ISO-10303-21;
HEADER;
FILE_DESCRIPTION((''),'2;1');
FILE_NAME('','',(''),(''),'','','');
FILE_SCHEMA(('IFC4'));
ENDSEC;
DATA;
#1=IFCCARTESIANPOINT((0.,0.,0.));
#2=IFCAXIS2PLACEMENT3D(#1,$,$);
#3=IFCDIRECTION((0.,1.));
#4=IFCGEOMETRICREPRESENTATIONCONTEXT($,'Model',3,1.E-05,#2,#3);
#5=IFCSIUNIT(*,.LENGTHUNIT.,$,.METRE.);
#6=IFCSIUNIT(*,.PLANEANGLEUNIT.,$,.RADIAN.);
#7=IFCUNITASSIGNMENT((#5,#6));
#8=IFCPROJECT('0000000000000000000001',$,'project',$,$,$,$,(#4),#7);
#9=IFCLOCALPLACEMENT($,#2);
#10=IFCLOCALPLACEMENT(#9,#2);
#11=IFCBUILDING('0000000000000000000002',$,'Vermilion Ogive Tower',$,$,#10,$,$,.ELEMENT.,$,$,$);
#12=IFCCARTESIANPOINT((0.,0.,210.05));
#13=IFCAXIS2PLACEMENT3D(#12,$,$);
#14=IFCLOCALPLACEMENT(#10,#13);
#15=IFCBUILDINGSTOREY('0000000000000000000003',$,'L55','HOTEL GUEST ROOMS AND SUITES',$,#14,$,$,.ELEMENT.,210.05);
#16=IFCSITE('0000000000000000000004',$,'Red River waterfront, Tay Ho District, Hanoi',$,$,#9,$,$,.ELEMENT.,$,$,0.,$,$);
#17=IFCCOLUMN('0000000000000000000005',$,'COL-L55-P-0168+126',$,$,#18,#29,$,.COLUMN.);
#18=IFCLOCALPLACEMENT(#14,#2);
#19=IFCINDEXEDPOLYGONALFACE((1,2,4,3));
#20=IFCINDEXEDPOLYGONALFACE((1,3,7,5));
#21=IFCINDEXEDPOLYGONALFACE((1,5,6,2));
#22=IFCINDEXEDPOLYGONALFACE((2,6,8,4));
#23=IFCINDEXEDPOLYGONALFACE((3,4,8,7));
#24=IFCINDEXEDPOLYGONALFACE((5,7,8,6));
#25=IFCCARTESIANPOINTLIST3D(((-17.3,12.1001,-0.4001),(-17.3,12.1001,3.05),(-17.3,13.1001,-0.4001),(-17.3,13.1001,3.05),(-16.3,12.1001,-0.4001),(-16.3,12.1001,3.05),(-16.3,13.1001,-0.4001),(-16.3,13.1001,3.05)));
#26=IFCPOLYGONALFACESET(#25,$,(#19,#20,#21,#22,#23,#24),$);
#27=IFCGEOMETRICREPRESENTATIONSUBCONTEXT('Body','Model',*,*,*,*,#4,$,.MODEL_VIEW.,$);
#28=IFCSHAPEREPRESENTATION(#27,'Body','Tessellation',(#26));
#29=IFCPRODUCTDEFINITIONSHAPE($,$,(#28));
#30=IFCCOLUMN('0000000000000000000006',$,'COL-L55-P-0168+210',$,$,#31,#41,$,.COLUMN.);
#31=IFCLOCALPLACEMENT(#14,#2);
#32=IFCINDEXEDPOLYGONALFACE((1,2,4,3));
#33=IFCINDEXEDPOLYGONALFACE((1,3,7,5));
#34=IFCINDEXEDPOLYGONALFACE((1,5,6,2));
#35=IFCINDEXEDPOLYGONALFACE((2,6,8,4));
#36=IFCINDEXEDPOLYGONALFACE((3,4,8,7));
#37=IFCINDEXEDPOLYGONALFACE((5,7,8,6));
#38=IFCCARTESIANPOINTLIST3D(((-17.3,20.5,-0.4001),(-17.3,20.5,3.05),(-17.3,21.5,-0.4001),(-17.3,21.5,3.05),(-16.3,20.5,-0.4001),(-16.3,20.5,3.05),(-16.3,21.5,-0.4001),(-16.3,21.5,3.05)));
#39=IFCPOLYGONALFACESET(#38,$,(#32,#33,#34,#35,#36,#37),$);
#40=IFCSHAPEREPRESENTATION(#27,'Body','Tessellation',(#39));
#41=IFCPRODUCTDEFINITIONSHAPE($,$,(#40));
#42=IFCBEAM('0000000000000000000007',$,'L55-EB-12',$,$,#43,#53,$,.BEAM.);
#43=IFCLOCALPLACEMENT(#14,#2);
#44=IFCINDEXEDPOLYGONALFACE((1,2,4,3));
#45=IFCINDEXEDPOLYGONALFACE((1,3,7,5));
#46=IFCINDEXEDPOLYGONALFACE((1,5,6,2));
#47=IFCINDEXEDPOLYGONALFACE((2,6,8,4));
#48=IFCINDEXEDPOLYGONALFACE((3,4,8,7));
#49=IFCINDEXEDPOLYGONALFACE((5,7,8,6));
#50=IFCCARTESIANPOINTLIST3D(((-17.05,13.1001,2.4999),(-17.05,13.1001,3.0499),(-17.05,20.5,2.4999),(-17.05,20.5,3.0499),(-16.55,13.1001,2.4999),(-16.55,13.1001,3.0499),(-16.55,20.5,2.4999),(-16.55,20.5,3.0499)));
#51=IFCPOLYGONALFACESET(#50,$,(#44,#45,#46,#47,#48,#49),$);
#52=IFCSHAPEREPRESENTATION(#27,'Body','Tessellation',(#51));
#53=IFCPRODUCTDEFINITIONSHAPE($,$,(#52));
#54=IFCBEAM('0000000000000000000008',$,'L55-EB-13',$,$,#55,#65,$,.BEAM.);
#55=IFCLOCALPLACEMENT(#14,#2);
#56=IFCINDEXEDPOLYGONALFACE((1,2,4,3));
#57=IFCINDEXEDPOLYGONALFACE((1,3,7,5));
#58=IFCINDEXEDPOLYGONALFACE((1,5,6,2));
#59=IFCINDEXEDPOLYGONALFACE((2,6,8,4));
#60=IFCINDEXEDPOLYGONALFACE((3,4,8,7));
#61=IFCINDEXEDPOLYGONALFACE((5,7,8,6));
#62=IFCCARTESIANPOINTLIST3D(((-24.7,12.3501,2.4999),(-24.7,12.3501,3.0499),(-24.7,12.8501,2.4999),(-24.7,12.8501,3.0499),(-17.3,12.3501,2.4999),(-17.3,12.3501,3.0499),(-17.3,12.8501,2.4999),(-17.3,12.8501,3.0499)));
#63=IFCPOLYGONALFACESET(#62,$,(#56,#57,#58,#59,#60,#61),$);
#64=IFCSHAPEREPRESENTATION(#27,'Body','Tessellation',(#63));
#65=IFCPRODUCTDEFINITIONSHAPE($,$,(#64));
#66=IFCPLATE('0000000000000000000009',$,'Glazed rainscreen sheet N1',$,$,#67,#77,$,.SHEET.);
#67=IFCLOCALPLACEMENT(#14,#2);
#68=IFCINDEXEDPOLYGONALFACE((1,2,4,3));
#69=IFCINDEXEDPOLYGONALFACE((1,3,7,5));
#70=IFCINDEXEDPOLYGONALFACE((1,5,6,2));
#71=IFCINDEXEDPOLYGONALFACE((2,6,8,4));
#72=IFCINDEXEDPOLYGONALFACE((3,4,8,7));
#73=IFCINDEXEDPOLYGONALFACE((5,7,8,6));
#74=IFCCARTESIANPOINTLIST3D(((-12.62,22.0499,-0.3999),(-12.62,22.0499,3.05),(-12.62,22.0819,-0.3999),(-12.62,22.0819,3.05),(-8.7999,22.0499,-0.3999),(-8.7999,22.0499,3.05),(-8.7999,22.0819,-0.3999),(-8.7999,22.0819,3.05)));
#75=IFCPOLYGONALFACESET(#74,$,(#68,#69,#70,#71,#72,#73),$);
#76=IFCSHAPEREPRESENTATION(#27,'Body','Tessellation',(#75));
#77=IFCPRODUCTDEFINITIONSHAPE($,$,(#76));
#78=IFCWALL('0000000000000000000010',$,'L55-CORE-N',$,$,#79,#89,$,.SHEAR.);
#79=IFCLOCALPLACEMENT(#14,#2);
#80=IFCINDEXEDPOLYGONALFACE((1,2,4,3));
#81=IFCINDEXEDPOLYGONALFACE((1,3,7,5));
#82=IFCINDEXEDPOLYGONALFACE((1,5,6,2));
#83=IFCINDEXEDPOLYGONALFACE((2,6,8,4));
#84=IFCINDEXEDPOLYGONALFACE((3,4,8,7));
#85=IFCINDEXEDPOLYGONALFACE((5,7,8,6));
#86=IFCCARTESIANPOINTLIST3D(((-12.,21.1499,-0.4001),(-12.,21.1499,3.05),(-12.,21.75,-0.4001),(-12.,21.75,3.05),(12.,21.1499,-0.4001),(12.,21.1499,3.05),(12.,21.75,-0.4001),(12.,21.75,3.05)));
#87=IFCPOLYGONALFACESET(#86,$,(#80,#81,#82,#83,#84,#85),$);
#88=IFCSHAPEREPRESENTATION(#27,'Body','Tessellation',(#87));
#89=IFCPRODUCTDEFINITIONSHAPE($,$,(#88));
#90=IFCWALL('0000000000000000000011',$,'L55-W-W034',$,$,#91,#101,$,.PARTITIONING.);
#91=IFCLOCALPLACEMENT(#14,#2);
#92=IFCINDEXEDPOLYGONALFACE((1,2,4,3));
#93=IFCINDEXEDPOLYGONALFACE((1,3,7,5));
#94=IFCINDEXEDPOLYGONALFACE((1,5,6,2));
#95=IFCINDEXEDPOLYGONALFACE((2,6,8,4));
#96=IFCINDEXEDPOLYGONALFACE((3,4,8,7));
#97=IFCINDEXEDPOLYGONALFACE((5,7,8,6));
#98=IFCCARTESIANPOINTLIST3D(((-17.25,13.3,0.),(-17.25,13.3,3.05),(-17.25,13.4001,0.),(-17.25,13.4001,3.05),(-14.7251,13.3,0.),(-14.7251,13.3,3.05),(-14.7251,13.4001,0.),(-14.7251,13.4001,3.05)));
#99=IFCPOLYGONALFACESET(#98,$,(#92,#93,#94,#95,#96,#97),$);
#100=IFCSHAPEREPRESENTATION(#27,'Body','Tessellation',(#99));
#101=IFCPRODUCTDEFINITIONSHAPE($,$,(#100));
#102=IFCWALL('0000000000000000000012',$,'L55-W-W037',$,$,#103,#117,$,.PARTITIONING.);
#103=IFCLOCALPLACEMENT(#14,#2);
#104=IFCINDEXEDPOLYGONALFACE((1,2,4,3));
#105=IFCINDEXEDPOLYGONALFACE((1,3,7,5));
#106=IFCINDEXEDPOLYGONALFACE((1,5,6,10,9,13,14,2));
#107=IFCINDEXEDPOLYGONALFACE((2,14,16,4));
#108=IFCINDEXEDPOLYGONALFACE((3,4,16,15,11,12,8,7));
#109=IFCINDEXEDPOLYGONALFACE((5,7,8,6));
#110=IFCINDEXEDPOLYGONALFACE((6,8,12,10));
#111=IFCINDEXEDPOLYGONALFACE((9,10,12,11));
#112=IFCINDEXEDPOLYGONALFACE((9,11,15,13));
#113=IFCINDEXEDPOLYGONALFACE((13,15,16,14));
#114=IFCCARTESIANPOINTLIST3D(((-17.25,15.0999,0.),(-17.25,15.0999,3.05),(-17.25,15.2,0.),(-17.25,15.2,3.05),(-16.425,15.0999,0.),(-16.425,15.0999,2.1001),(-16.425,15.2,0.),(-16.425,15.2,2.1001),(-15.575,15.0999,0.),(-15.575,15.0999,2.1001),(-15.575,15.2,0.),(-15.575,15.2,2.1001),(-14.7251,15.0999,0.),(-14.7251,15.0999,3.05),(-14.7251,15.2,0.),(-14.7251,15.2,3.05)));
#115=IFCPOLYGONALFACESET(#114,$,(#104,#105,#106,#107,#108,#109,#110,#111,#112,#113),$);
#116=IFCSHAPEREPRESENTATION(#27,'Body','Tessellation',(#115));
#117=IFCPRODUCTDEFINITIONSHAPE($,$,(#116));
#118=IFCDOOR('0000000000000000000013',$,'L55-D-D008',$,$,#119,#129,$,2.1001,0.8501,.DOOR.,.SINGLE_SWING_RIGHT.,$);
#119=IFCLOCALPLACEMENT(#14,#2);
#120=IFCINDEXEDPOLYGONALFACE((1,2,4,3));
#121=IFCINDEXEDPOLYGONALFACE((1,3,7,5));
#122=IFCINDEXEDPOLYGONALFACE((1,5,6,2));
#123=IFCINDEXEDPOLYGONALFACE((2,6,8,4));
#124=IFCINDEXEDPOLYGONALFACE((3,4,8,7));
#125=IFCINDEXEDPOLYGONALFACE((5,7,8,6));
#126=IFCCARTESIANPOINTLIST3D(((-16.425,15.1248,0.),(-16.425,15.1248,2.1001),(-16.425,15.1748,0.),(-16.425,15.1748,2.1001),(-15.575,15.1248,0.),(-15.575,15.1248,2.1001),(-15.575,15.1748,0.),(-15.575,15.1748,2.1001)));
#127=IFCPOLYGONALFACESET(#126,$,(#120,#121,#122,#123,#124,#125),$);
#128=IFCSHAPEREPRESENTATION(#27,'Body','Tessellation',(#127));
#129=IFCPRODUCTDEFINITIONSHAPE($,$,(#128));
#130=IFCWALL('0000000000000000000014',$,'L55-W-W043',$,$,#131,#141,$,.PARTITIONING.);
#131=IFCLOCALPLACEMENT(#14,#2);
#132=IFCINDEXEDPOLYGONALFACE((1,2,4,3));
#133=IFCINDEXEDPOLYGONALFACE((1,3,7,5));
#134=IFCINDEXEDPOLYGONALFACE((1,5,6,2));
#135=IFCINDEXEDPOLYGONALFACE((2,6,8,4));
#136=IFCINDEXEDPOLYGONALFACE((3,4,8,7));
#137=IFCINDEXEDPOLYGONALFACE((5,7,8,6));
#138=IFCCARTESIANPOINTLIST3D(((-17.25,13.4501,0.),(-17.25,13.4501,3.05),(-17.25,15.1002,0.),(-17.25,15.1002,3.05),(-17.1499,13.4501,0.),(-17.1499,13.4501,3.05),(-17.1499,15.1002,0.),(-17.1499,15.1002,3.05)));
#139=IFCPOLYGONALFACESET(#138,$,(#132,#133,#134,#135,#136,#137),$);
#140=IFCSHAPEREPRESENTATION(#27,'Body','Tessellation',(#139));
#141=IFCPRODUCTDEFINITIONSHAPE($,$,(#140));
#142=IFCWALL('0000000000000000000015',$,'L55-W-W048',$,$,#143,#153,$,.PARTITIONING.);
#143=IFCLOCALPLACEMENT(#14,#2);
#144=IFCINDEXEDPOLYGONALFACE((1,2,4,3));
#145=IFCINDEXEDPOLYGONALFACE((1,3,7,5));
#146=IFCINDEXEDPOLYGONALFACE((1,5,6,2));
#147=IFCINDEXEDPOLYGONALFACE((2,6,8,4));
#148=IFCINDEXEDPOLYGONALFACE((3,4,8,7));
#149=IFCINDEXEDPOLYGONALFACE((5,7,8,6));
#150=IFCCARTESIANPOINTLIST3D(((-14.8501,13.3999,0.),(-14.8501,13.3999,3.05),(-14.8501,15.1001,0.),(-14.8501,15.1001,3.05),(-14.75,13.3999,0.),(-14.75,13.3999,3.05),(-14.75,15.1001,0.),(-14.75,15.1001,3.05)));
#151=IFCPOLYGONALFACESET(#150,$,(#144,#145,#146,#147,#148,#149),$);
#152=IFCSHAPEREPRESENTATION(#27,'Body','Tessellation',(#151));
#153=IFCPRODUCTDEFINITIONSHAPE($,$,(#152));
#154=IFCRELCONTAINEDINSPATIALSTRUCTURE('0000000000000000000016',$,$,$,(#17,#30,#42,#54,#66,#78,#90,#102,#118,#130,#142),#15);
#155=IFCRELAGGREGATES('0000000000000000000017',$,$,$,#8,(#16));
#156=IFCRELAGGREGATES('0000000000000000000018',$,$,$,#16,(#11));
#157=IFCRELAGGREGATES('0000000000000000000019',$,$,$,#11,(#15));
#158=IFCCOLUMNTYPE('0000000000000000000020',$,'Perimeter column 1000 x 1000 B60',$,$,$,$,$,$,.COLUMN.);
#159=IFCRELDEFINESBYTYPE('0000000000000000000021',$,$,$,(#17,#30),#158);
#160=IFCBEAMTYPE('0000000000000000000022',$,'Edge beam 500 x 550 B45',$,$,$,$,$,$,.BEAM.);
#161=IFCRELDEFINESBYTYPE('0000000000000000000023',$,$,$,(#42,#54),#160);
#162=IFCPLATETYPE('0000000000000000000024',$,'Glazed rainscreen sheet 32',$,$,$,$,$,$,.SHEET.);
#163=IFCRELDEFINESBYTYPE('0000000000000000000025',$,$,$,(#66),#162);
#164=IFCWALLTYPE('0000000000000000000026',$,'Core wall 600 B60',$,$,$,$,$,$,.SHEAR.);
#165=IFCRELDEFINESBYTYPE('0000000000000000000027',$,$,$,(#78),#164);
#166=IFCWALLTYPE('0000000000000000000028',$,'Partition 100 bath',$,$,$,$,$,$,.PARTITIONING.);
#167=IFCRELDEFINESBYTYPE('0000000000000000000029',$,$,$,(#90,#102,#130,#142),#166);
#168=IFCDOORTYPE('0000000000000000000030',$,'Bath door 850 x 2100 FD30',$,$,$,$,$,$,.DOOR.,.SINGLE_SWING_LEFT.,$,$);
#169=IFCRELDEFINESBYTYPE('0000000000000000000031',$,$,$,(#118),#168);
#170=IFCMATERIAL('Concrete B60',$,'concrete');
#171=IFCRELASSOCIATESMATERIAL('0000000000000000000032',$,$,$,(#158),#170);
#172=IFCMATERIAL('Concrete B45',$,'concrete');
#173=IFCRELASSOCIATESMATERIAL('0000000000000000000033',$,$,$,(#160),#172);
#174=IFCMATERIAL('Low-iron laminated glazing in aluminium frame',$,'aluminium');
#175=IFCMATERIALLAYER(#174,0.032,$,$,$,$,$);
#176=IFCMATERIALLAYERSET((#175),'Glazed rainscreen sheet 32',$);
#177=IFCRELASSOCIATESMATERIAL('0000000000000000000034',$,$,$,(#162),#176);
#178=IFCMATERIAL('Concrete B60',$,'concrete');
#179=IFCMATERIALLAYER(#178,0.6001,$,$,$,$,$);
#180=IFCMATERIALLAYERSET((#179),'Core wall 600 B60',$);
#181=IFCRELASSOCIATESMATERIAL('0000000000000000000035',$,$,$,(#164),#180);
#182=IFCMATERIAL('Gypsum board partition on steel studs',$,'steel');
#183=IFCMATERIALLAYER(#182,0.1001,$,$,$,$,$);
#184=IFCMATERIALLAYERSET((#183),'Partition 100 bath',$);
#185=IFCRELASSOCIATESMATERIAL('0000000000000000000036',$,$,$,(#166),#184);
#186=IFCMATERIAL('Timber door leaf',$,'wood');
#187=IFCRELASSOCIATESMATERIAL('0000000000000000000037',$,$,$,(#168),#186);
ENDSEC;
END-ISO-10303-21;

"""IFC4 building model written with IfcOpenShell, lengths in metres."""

from ifc_helpers import new_model, si_unit, direction, frame, frame_2d, origin, origin_2d, place, context, subcontext, project, spatial, rectangle, extrude, material, layer, layer_set, material_profile, profile_set, type_object, element, fill, save


model = new_model("IFC4")

# Units and contexts
model_context = context("Model", 3, precision=1e-05, world=origin(), true_north=direction((0.0, 1.0)))
body_context = subcontext(model_context, "Body", "Model", "MODEL_VIEW")
ifc_project = project(units=[si_unit("LENGTHUNIT", "METRE"), si_unit("PLANEANGLEUNIT", "RADIAN")], contexts=[model_context])

# Site, building, storey
site_placement = place(None, origin())
site = spatial("IfcSite", under=ifc_project, at=site_placement, Name="Red River waterfront, Tay Ho District, Hanoi", CompositionType="ELEMENT", RefElevation=0.0)
building_placement = place(site_placement, origin())
building = spatial("IfcBuilding", under=site, at=building_placement, Name="Vermilion Ogive Tower", CompositionType="ELEMENT")
storey_placement = place(building_placement, frame((0.0, 0.0, 210.05)))
storey = spatial("IfcBuildingStorey", under=building, at=storey_placement, Name="L55", Description="HOTEL GUEST ROOMS AND SUITES", CompositionType="ELEMENT", Elevation=210.05)

# Columns
ifc_material_1 = material(Name="Concrete B60", Category="concrete")
ifc_material_profile_1 = material_profile(ifc_material_1, rectangle(XDim=1.0, YDim=1.0, at=origin_2d()), Name="1000 x 1000")
ifc_profile_set_1 = profile_set([ifc_material_profile_1], Name="Concrete B60")
column_type = type_object("IfcColumnType", Name="Perimeter column 1000 x 1000 B60", PredefinedType="COLUMN", material=ifc_profile_set_1)
for number, where, z_axis, x_axis, name in (
    (1, (-16.8, 12.6001, -0.4001), (0.0, 0.0, 1.0), (1.0, 0.0, 0.0), "COL-L55-P-0168+126"),
    (2, (-16.8, 21.0, -0.4001), (0.0, 0.0, 1.0), (1.0, 0.0, 0.0), "COL-L55-P-0168+210"),
):
    element("IfcColumn", number, at=place(storey_placement, frame(where, z_axis=z_axis, x_axis=x_axis)), inside=storey, type_object=column_type, Name=name, PredefinedType="COLUMN", context=body_context, shape_type="SweptSolid", body=[
        extrude(rectangle(XDim=1.0, YDim=1.0, at=origin_2d()), origin(), (0.0, 0.0, 1.0), 3.4502),
    ])

# Beams
ifc_material_2 = material(Name="Concrete B45", Category="concrete")
ifc_material_profile_2 = material_profile(ifc_material_2, rectangle(XDim=0.5, YDim=0.55, at=origin_2d()), Name="500 x 550")
ifc_profile_set_2 = profile_set([ifc_material_profile_2], Name="Concrete B45")
beam_type = type_object("IfcBeamType", Name="Edge beam 500 x 550 B45", PredefinedType="BEAM", material=ifc_profile_set_2)
for number, where, z_axis, x_axis, name in (
    (3, (-16.8, 20.5, 2.7749), (0.0, -1.0, 0.0), (1.0, 0.0, 0.0), "L55-EB-12"),
    (4, (-17.3, 12.6001, 2.7749), (-1.0, 0.0, 0.0), (0.0, -1.0, 0.0), "L55-EB-13"),
):
    element("IfcBeam", number, at=place(storey_placement, frame(where, z_axis=z_axis, x_axis=x_axis)), inside=storey, type_object=beam_type, Name=name, PredefinedType="BEAM", context=body_context, shape_type="SweptSolid", body=[
        extrude(rectangle(XDim=0.5, YDim=0.55, at=origin_2d()), origin(), (0.0, 0.0, 1.0), 7.3999),
    ])

# Plate
ifc_material_3 = material(Name="Low-iron laminated glazing in aluminium frame", Category="aluminium")
ifc_layer_1 = layer(ifc_material_3, 0.032)
ifc_layer_set_1 = layer_set([ifc_layer_1], Name="Glazed rainscreen sheet 32")
plate_type = type_object("IfcPlateType", Name="Glazed rainscreen sheet 32", PredefinedType="SHEET", material=ifc_layer_set_1)
plate_placement = place(storey_placement, frame((-10.71, 22.0659, -0.3999), z_axis=(0.0, 0.0, 1.0), x_axis=(1.0, 0.0, 0.0)))
element("IfcPlate", 5, at=plate_placement, inside=storey, type_object=plate_type, Name="Glazed rainscreen sheet N1", PredefinedType="SHEET", context=body_context, shape_type="SweptSolid", body=[
    extrude(rectangle(XDim=3.8201, YDim=0.032, at=origin_2d()), origin(), (0.0, 0.0, 1.0), 3.45),
])

# Walls
ifc_material_4 = material(Name="Concrete B60", Category="concrete")
ifc_layer_2 = layer(ifc_material_4, 0.6001)
ifc_layer_set_2 = layer_set([ifc_layer_2], Name="Core wall 600 B60")
wall_type_1 = type_object("IfcWallType", Name="Core wall 600 B60", PredefinedType="SHEAR", material=ifc_layer_set_2)
wall_1_placement = place(storey_placement, frame((-12.0, 21.45, -0.4001), z_axis=(0.0, 0.0, 1.0), x_axis=(1.0, 0.0, 0.0)))
element("IfcWall", 6, at=wall_1_placement, inside=storey, type_object=wall_type_1, Name="L55-CORE-N", PredefinedType="SHEAR", context=body_context, shape_type="SweptSolid", body=[
    extrude(rectangle(XDim=24.0, YDim=0.6001, at=frame_2d((12.0, 0.0))), origin(), (0.0, 0.0, 1.0), 3.4502),
])
ifc_material_5 = material(Name="Gypsum board partition on steel studs", Category="steel")
ifc_layer_3 = layer(ifc_material_5, 0.1001)
ifc_layer_set_3 = layer_set([ifc_layer_3], Name="Partition 100 bath")
wall_type_2 = type_object("IfcWallType", Name="Partition 100 bath", PredefinedType="PARTITIONING", material=ifc_layer_set_3)
wall_2_placement = place(storey_placement, frame((-17.25, 13.3501, 0.0), z_axis=(0.0, 0.0, 1.0), x_axis=(1.0, 0.0, 0.0)))
element("IfcWall", 7, at=wall_2_placement, inside=storey, type_object=wall_type_2, Name="L55-W-W034", PredefinedType="PARTITIONING", context=body_context, shape_type="SweptSolid", body=[
    extrude(rectangle(XDim=2.5249, YDim=0.1001, at=frame_2d((1.2625, 0.0))), origin(), (0.0, 0.0, 1.0), 3.05),
])

# Wall, opening, door
wall_3_placement = place(storey_placement, frame((-17.25, 15.1499, 0.0), z_axis=(0.0, 0.0, 1.0), x_axis=(1.0, 0.0, 0.0)))
wall_3 = element("IfcWall", 8, at=wall_3_placement, inside=storey, type_object=wall_type_2, Name="L55-W-W037", PredefinedType="PARTITIONING", context=body_context, shape_type="SweptSolid", body=[
    extrude(rectangle(XDim=2.5249, YDim=0.1001, at=frame_2d((1.2625, 0.0))), origin(), (0.0, 0.0, 1.0), 3.05),
])
opening_1_placement = place(wall_3_placement, frame((0.825, 0.0, 0.0)))
opening_1 = element("IfcOpeningElement", 9, at=opening_1_placement, cuts=wall_3, PredefinedType="OPENING", context=body_context, shape_type="SweptSolid", body=[
    extrude(rectangle(XDim=0.8501, YDim=2.1001, at=frame_2d((0.425, 1.05))), frame((0.0, 0.0601, 0.0), z_axis=(0.0, -1.0, 0.0), x_axis=(1.0, 0.0, 0.0)), (0.0, 0.0, 1.0), 0.1201),
])
ifc_material_6 = material(Name="Timber door leaf", Category="wood")
door_type_1 = type_object("IfcDoorType", Name="Bath door 850 x 2100 FD30", OperationType="SINGLE_SWING_LEFT", PredefinedType="DOOR", material=ifc_material_6)
door_1_placement = place(opening_1_placement, origin())
door_1 = element("IfcDoor", 10, at=door_1_placement, inside=storey, type_object=door_type_1, Name="L55-D-D008", OperationType="SINGLE_SWING_RIGHT", OverallHeight=2.1001, OverallWidth=0.8501, PredefinedType="DOOR", context=body_context, shape_type="SweptSolid", body=[
    extrude(rectangle(XDim=0.8501, YDim=2.1001, at=frame_2d((0.425, 1.05))), frame((0.0, 0.0249, 0.0), z_axis=(0.0, -1.0, 0.0), x_axis=(1.0, 0.0, 0.0)), (0.0, 0.0, 1.0), 0.05),
])
fill(opening_1, door_1)

# Walls
wall_4_placement = place(storey_placement, frame((-17.2, 13.45, 0.0), z_axis=(0.0, 0.0, 1.0), x_axis=(0.0, 1.0, 0.0)))
element("IfcWall", 11, at=wall_4_placement, inside=storey, type_object=wall_type_2, Name="L55-W-W043", PredefinedType="PARTITIONING", context=body_context, shape_type="SweptSolid", body=[
    extrude(rectangle(XDim=1.6501, YDim=0.1001, at=frame_2d((0.8252, 0.0))), origin(), (0.0, 0.0, 1.0), 3.05),
])
wall_5_placement = place(storey_placement, frame((-14.8, 13.3999, 0.0), z_axis=(0.0, 0.0, 1.0), x_axis=(0.0, 1.0, 0.0)))
element("IfcWall", 12, at=wall_5_placement, inside=storey, type_object=wall_type_2, Name="L55-W-W048", PredefinedType="PARTITIONING", context=body_context, shape_type="SweptSolid", body=[
    extrude(rectangle(XDim=1.7002, YDim=0.1001, at=frame_2d((0.8501, 0.0))), origin(), (0.0, 0.0, 1.0), 3.05),
])

save(model, "model.ifc")
